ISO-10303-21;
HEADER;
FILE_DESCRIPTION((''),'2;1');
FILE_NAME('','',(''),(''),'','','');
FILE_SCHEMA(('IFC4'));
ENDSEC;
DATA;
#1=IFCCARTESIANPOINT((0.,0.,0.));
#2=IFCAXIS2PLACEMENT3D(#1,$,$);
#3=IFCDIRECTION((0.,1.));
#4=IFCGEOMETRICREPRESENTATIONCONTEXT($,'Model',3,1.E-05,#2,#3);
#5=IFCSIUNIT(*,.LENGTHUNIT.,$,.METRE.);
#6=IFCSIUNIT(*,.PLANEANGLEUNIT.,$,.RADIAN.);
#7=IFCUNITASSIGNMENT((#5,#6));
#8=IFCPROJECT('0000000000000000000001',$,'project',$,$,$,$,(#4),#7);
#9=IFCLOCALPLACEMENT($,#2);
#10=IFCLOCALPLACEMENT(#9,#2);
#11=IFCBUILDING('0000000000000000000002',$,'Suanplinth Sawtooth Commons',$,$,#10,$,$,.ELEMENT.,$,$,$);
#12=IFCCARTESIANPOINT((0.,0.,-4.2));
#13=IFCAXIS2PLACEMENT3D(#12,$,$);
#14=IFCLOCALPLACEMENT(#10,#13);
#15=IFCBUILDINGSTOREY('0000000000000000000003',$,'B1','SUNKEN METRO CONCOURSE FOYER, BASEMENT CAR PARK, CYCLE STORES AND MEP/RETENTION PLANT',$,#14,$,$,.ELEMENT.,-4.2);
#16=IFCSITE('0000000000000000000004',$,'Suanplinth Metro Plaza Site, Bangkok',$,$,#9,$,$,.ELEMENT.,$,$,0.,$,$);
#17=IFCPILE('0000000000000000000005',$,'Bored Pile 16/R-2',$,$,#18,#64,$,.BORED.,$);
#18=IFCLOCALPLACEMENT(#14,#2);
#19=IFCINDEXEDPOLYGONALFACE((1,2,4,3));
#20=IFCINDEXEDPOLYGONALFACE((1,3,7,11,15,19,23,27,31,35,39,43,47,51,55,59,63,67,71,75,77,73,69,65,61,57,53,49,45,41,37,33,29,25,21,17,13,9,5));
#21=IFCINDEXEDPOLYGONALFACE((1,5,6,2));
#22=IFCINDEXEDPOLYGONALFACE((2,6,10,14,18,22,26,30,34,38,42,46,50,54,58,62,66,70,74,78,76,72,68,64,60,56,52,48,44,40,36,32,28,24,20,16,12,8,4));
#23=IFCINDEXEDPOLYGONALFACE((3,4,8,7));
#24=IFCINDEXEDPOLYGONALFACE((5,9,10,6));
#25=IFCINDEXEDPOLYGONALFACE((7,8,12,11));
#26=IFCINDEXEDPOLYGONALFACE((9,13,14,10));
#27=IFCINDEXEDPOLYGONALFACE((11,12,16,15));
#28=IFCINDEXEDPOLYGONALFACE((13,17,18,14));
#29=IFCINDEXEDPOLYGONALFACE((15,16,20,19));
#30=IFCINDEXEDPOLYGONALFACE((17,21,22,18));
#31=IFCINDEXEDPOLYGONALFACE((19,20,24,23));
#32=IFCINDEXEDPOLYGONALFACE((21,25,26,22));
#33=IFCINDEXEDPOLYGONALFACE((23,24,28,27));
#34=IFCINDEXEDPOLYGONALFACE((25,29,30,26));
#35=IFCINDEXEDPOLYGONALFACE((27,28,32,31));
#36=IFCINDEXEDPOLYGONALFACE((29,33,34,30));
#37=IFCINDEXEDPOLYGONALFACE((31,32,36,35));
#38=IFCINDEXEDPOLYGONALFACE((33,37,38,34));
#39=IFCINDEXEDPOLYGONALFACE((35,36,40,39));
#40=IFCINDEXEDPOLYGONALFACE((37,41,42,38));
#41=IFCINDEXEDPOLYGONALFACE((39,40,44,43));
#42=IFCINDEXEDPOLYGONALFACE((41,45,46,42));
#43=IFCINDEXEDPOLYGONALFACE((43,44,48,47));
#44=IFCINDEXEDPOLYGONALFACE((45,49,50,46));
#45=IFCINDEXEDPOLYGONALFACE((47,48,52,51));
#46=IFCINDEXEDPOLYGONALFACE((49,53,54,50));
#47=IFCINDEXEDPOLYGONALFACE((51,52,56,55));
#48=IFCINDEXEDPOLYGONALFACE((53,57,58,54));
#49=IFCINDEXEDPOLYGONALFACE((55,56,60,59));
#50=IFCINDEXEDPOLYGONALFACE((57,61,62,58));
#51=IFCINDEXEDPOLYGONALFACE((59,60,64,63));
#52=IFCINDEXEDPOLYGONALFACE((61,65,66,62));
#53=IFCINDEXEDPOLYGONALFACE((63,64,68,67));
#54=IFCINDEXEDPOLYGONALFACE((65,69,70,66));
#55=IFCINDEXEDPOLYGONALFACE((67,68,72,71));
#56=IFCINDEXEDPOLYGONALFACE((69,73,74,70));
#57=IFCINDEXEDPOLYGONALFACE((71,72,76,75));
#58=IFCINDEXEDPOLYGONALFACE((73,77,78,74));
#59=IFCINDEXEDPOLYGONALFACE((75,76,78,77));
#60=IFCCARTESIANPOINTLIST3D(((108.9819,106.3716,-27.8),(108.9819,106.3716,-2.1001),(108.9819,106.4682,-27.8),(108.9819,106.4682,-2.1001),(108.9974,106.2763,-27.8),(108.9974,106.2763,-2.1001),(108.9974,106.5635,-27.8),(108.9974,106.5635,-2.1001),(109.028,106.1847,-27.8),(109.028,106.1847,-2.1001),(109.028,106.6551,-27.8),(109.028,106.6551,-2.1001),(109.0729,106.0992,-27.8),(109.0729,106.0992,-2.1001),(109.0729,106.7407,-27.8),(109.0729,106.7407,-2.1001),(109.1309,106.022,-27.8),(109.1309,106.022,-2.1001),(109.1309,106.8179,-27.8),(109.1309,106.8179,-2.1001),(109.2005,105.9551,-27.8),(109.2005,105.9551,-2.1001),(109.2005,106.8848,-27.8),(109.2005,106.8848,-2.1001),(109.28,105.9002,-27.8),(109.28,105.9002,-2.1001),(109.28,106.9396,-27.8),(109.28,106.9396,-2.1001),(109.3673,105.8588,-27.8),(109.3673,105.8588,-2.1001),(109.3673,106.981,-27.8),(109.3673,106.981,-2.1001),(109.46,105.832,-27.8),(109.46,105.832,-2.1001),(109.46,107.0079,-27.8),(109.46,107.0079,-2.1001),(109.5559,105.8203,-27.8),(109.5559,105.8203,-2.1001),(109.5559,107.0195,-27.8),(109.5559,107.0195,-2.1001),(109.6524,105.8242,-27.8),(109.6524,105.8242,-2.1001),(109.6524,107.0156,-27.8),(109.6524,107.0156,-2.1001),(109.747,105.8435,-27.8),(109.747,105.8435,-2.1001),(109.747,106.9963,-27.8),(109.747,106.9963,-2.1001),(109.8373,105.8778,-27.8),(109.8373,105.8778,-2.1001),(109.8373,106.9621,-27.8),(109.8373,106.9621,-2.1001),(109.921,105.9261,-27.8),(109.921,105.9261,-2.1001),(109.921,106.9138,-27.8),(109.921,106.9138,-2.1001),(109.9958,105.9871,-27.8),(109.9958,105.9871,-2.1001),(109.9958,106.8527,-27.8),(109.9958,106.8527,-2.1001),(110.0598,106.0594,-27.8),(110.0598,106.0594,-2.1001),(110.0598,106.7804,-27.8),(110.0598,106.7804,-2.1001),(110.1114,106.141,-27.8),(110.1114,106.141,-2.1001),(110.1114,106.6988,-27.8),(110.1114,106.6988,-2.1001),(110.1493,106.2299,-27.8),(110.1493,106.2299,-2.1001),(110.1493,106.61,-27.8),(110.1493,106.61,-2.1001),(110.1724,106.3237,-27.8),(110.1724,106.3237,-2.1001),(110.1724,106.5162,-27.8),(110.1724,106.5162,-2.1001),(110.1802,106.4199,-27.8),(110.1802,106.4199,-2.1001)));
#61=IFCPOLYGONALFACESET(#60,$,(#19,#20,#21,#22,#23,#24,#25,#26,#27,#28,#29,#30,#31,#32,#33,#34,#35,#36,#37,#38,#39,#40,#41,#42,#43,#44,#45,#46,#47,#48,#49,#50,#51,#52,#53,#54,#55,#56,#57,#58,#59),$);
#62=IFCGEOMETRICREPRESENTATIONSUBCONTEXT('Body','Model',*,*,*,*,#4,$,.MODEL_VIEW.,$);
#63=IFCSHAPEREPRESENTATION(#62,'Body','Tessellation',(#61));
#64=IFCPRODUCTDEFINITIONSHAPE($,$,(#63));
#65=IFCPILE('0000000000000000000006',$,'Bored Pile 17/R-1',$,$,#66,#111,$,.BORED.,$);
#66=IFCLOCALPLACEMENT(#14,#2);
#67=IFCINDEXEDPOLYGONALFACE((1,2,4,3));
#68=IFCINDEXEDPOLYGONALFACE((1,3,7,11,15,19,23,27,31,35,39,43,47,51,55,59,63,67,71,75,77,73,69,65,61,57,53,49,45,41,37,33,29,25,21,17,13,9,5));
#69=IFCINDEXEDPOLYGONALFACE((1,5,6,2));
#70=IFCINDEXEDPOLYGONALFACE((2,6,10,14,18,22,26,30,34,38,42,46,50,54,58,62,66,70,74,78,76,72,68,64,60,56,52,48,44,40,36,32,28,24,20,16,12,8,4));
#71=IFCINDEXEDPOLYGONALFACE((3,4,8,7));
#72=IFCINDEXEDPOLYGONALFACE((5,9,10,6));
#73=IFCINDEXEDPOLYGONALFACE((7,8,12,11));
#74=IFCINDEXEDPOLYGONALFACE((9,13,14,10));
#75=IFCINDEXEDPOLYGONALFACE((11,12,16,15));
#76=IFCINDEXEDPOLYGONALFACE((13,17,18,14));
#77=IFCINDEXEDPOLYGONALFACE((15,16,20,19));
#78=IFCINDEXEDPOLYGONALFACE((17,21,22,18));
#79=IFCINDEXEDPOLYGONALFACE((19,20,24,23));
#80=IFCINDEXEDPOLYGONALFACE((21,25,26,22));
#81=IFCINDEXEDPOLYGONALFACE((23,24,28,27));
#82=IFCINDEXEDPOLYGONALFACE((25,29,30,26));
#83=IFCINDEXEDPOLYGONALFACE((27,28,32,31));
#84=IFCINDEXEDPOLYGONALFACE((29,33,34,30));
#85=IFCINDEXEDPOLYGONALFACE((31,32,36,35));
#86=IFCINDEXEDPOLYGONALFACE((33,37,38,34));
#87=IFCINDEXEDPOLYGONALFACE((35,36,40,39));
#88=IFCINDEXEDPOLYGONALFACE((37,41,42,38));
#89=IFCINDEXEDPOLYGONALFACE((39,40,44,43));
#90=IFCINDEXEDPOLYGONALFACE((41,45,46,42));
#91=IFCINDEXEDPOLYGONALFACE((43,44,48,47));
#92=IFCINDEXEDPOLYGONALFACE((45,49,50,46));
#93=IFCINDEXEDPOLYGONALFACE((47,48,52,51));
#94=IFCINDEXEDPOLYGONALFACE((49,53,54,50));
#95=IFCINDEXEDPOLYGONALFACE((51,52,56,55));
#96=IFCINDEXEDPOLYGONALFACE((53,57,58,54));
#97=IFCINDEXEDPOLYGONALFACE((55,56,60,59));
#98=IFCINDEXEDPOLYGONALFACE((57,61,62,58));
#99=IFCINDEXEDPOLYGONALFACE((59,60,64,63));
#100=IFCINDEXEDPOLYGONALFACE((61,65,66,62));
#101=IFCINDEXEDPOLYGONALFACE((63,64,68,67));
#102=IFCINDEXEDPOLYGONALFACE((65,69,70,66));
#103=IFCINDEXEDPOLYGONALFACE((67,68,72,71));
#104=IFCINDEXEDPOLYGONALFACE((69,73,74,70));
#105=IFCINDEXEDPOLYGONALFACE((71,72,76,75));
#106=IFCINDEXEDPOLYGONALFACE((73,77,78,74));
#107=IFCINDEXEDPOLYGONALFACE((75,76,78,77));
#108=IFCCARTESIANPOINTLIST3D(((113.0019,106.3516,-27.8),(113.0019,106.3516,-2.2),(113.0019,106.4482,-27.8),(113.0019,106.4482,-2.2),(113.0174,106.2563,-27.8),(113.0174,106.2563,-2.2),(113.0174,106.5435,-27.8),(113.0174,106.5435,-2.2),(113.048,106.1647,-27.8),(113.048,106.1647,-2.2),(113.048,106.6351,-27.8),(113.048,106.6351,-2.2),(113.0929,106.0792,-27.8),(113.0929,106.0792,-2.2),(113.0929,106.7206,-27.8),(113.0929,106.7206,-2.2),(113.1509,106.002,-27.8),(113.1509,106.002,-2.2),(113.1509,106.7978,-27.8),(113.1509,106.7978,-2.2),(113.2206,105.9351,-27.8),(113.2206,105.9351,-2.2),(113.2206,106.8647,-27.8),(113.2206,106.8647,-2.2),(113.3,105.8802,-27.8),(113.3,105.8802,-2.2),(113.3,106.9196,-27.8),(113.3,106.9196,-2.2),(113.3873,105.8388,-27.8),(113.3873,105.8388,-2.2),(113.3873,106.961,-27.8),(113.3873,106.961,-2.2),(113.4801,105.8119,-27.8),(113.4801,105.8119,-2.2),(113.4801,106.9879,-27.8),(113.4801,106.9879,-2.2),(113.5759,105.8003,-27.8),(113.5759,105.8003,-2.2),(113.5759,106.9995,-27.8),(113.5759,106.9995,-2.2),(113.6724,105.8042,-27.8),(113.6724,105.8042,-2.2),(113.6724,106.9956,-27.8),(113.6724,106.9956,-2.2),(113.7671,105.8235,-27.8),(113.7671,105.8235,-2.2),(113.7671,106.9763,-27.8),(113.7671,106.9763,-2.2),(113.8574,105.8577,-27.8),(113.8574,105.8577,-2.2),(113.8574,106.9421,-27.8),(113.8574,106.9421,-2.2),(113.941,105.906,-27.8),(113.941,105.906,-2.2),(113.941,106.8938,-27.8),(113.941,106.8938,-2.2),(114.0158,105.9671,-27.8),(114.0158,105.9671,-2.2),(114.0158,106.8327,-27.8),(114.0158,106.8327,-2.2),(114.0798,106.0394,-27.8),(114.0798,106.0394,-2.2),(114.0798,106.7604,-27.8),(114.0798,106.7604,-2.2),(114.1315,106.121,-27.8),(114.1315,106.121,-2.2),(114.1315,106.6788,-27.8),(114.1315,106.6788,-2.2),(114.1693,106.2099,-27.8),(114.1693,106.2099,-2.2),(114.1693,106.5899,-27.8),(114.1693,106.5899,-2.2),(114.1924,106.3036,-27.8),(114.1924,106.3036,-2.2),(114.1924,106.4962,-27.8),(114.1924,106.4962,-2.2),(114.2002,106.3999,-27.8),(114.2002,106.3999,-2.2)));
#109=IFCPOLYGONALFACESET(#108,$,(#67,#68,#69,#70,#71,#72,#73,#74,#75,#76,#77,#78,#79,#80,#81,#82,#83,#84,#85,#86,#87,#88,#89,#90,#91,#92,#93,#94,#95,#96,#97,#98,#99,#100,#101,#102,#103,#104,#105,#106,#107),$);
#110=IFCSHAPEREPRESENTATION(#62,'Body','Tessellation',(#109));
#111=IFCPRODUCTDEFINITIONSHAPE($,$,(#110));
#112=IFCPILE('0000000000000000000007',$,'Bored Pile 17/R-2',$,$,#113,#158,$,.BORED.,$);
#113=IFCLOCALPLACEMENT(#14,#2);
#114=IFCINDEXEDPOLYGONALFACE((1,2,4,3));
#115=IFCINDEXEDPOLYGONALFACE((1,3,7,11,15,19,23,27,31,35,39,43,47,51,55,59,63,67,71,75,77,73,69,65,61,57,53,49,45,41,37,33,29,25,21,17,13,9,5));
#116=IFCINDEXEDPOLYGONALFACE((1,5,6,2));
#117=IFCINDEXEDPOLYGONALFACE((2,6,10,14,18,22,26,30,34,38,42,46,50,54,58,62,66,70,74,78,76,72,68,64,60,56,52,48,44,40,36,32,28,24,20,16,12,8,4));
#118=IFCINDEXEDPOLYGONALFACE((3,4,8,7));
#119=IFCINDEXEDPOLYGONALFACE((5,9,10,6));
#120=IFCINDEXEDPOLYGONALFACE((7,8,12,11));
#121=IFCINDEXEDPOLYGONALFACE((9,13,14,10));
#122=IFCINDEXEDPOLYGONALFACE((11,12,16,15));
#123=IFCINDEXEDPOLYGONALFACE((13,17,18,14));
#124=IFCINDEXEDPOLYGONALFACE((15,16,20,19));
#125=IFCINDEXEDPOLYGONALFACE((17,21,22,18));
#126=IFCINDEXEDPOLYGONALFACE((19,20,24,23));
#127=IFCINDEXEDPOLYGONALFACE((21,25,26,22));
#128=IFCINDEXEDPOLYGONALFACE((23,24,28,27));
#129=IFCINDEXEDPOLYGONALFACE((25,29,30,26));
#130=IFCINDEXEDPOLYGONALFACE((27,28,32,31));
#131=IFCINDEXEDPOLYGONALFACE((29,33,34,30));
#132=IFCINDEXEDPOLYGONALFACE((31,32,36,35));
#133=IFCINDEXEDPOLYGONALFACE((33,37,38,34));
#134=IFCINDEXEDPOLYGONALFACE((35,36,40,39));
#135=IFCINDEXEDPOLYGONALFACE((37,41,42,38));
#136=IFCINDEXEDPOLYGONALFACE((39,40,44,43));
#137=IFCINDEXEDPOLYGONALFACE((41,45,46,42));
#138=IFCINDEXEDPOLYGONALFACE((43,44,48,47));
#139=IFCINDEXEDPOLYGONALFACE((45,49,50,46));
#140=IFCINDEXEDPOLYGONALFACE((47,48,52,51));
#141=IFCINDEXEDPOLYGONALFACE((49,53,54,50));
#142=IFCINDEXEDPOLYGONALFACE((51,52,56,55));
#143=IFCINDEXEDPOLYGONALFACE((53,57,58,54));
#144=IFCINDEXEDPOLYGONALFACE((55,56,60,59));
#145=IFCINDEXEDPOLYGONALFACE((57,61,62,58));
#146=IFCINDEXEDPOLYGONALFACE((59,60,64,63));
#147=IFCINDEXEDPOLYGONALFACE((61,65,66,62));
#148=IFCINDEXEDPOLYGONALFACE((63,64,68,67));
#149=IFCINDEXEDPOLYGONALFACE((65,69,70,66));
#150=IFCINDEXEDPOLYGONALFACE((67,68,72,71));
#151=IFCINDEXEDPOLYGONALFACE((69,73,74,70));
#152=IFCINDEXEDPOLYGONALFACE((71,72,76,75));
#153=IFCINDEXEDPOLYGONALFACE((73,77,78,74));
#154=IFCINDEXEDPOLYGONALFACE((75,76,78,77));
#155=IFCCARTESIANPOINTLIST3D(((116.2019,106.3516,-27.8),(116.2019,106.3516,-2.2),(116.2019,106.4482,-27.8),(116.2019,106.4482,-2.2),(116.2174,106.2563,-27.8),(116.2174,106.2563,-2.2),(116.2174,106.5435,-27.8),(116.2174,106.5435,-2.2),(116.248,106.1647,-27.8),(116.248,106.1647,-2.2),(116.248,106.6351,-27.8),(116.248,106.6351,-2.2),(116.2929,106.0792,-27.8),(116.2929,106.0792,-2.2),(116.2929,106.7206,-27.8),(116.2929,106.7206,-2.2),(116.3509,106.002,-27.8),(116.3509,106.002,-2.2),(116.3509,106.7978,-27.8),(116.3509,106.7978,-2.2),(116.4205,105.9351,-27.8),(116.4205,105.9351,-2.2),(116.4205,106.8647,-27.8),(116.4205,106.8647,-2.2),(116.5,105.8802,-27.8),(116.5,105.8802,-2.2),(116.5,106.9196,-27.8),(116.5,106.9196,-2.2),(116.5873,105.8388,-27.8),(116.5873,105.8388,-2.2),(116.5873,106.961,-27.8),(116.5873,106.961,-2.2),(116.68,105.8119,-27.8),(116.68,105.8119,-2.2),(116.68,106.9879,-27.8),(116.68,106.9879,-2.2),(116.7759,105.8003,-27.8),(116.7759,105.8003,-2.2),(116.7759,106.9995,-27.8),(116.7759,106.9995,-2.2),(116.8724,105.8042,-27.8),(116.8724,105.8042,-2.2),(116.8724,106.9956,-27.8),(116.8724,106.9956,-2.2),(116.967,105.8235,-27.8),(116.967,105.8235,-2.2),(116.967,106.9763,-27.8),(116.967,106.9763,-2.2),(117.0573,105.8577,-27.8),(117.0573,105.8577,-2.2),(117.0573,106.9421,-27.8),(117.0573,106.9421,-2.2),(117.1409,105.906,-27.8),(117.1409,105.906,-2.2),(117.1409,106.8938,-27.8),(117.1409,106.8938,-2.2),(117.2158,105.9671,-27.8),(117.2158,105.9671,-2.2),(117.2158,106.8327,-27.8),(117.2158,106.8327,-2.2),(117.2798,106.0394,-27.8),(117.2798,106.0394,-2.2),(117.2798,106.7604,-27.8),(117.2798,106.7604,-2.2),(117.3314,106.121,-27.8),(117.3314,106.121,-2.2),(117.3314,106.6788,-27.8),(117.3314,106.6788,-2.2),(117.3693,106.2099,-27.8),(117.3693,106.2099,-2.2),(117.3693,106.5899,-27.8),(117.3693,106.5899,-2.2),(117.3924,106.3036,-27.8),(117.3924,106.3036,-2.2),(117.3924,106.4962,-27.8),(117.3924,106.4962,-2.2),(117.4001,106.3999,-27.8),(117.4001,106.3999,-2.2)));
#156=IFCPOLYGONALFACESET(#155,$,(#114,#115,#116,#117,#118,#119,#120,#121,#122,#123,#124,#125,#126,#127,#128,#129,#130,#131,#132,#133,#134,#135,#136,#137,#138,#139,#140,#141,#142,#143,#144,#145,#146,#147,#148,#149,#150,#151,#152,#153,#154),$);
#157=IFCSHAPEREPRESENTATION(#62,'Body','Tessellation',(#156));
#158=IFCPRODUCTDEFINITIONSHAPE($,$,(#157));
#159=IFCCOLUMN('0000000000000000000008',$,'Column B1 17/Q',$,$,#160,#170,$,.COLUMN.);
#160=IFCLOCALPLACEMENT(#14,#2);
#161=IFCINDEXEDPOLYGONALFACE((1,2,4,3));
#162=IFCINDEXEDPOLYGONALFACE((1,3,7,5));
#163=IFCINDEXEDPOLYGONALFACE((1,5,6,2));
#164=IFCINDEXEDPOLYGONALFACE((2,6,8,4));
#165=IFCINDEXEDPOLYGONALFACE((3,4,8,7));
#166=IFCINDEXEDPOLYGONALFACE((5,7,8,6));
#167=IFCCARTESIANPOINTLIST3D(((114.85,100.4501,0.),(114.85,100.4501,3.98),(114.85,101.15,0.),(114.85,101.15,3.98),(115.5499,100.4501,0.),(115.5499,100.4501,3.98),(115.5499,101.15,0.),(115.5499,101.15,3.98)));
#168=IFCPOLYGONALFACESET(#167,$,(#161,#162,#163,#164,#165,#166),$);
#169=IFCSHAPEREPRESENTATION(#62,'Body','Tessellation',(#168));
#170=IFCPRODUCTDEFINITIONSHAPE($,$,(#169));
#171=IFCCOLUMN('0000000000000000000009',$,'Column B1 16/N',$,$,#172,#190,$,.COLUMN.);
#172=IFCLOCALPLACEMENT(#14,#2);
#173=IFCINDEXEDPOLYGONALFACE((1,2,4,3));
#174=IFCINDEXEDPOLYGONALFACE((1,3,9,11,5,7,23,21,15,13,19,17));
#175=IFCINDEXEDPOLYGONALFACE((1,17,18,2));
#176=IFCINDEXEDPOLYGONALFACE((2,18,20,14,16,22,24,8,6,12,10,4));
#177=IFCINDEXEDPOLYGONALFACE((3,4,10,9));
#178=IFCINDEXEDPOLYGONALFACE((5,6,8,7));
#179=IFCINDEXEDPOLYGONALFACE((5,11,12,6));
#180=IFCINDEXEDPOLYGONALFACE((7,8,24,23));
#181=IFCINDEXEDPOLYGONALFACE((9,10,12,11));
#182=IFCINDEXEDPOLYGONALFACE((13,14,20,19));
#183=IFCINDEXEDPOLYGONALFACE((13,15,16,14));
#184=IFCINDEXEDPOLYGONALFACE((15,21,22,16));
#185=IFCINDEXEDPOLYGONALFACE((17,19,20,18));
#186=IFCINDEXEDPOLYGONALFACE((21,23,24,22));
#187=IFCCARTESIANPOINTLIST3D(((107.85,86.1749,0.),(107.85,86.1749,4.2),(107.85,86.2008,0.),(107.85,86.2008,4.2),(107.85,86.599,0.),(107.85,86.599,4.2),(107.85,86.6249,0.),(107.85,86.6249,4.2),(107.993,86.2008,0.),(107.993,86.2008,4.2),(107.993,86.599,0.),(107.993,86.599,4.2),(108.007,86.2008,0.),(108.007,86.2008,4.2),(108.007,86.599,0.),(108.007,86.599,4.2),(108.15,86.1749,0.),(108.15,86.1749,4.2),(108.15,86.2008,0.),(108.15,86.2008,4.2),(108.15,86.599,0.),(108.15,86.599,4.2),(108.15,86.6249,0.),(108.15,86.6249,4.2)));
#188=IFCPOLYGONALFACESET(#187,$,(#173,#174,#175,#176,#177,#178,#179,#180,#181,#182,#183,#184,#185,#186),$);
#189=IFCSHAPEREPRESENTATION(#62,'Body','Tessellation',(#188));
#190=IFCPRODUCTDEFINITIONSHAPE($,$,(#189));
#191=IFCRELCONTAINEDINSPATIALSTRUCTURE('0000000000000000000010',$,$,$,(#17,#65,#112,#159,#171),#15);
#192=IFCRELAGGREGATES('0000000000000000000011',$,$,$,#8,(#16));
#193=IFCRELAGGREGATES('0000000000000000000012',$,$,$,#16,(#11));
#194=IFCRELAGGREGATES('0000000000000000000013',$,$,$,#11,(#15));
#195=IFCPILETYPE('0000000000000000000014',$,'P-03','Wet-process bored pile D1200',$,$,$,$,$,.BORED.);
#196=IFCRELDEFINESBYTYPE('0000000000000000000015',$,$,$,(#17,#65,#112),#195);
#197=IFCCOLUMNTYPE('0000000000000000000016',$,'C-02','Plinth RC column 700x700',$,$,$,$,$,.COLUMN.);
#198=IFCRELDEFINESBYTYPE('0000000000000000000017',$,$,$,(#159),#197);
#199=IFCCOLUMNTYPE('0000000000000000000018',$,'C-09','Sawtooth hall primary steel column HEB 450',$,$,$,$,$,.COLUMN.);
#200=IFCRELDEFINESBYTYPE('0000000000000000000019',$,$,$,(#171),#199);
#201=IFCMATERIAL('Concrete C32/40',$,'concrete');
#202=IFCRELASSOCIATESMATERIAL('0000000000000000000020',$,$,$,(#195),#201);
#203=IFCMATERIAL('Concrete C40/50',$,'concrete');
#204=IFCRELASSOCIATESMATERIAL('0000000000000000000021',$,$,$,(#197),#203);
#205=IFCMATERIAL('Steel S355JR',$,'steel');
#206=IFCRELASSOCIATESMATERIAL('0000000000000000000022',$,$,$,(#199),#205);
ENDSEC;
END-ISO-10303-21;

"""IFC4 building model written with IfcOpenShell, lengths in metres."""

from ifc_helpers import new_model, si_unit, direction, frame, origin, origin_2d, place, context, subcontext, project, spatial, rectangle, circle, i_section, extrude, material, material_profile, profile_set, type_object, element, save


model = new_model("IFC4")

# Units and contexts
model_context = context("Model", 3, precision=1e-05, world=origin(), true_north=direction((0.0, 1.0)))
body_context = subcontext(model_context, "Body", "Model", "MODEL_VIEW")
ifc_project = project(units=[si_unit("LENGTHUNIT", "METRE"), si_unit("PLANEANGLEUNIT", "RADIAN")], contexts=[model_context])

# Site, building, storey
site_placement = place(None, origin())
site = spatial("IfcSite", under=ifc_project, at=site_placement, Name="Suanplinth Metro Plaza Site, Bangkok", CompositionType="ELEMENT", RefElevation=0.0)
building_placement = place(site_placement, origin())
building = spatial("IfcBuilding", under=site, at=building_placement, Name="Suanplinth Sawtooth Commons", CompositionType="ELEMENT")
storey_placement = place(building_placement, frame((0.0, 0.0, -4.2)))
storey = spatial("IfcBuildingStorey", under=building, at=storey_placement, Name="B1", Description="SUNKEN METRO CONCOURSE FOYER, BASEMENT CAR PARK, CYCLE STORES AND MEP/RETENTION PLANT", CompositionType="ELEMENT", Elevation=-4.2)

# Piles
ifc_material_1 = material(Name="Concrete C32/40", Category="concrete")
ifc_material_profile_1 = material_profile(ifc_material_1, circle(Radius=0.6001, at=origin_2d()), Name="PILE D1200")
ifc_profile_set_1 = profile_set([ifc_material_profile_1], Name="Concrete C32/40")
pile_type_1 = type_object("IfcPileType", Name="P-03", Description="Wet-process bored pile D1200", PredefinedType="BORED", material=ifc_profile_set_1)
pile_1_placement = place(storey_placement, frame((109.5801, 106.4199, -2.1001), z_axis=(0.0, 0.0, -1.0), x_axis=(1.0, 0.0, 0.0)))
element("IfcPile", 1, at=pile_1_placement, inside=storey, type_object=pile_type_1, Name="Bored Pile 16/R-2", PredefinedType="BORED", context=body_context, shape_type="SweptSolid", body=[
    extrude(circle(Radius=0.6001, at=origin_2d()), origin(), (0.0, 0.0, 1.0), 25.7),
])
for number, where, z_axis, x_axis, name in (
    (2, (113.6001, 106.3999, -2.2), (0.0, 0.0, -1.0), (1.0, 0.0, 0.0), "Bored Pile 17/R-1"),
    (3, (116.8, 106.3999, -2.2), (0.0, 0.0, -1.0), (1.0, 0.0, 0.0), "Bored Pile 17/R-2"),
):
    element("IfcPile", number, at=place(storey_placement, frame(where, z_axis=z_axis, x_axis=x_axis)), inside=storey, type_object=pile_type_1, Name=name, PredefinedType="BORED", context=body_context, shape_type="SweptSolid", body=[
        extrude(circle(Radius=0.6001, at=origin_2d()), origin(), (0.0, 0.0, 1.0), 25.6001),
    ])

# Columns
ifc_material_2 = material(Name="Concrete C40/50", Category="concrete")
ifc_material_profile_2 = material_profile(ifc_material_2, rectangle(XDim=0.7, YDim=0.7, at=origin_2d()), Name="RC-COL 700x700")
ifc_profile_set_2 = profile_set([ifc_material_profile_2], Name="Concrete C40/50")
column_type_1 = type_object("IfcColumnType", Name="C-02", Description="Plinth RC column 700x700", PredefinedType="COLUMN", material=ifc_profile_set_2)
column_placement = place(storey_placement, frame((115.2, 100.8, 0.0), z_axis=(0.0, 0.0, 1.0), x_axis=(1.0, 0.0, 0.0)))
element("IfcColumn", 4, at=column_placement, inside=storey, type_object=column_type_1, Name="Column B1 17/Q", PredefinedType="COLUMN", context=body_context, shape_type="SweptSolid", body=[
    extrude(rectangle(XDim=0.7, YDim=0.7, at=origin_2d()), origin(), (0.0, 0.0, 1.0), 3.98),
])
ifc_material_3 = material(Name="Steel S355JR", Category="steel")
ifc_material_profile_3 = material_profile(ifc_material_3, i_section(OverallWidth=0.3, OverallDepth=0.45, WebThickness=0.0139, FlangeThickness=0.0259, at=origin_2d()), Name="HEB 450")
ifc_profile_set_3 = profile_set([ifc_material_profile_3], Name="Steel S355JR")
column_type_2 = type_object("IfcColumnType", Name="C-09", Description="Sawtooth hall primary steel column HEB 450", PredefinedType="COLUMN", material=ifc_profile_set_3)
for number, where, z_axis, x_axis, name in (
    (5, (108.0, 86.3999, 0.0), (0.0, 0.0, 1.0), (1.0, 0.0, 0.0), "Column B1 16/N"),
):
    element("IfcColumn", number, at=place(storey_placement, frame(where, z_axis=z_axis, x_axis=x_axis)), inside=storey, type_object=column_type_2, Name=name, PredefinedType="COLUMN", context=body_context, shape_type="SweptSolid", body=[
        extrude(i_section(OverallWidth=0.3, OverallDepth=0.45, WebThickness=0.0139, FlangeThickness=0.0259, at=origin_2d()), origin(), (0.0, 0.0, 1.0), 4.2),
    ])

save(model, "model.ifc")
